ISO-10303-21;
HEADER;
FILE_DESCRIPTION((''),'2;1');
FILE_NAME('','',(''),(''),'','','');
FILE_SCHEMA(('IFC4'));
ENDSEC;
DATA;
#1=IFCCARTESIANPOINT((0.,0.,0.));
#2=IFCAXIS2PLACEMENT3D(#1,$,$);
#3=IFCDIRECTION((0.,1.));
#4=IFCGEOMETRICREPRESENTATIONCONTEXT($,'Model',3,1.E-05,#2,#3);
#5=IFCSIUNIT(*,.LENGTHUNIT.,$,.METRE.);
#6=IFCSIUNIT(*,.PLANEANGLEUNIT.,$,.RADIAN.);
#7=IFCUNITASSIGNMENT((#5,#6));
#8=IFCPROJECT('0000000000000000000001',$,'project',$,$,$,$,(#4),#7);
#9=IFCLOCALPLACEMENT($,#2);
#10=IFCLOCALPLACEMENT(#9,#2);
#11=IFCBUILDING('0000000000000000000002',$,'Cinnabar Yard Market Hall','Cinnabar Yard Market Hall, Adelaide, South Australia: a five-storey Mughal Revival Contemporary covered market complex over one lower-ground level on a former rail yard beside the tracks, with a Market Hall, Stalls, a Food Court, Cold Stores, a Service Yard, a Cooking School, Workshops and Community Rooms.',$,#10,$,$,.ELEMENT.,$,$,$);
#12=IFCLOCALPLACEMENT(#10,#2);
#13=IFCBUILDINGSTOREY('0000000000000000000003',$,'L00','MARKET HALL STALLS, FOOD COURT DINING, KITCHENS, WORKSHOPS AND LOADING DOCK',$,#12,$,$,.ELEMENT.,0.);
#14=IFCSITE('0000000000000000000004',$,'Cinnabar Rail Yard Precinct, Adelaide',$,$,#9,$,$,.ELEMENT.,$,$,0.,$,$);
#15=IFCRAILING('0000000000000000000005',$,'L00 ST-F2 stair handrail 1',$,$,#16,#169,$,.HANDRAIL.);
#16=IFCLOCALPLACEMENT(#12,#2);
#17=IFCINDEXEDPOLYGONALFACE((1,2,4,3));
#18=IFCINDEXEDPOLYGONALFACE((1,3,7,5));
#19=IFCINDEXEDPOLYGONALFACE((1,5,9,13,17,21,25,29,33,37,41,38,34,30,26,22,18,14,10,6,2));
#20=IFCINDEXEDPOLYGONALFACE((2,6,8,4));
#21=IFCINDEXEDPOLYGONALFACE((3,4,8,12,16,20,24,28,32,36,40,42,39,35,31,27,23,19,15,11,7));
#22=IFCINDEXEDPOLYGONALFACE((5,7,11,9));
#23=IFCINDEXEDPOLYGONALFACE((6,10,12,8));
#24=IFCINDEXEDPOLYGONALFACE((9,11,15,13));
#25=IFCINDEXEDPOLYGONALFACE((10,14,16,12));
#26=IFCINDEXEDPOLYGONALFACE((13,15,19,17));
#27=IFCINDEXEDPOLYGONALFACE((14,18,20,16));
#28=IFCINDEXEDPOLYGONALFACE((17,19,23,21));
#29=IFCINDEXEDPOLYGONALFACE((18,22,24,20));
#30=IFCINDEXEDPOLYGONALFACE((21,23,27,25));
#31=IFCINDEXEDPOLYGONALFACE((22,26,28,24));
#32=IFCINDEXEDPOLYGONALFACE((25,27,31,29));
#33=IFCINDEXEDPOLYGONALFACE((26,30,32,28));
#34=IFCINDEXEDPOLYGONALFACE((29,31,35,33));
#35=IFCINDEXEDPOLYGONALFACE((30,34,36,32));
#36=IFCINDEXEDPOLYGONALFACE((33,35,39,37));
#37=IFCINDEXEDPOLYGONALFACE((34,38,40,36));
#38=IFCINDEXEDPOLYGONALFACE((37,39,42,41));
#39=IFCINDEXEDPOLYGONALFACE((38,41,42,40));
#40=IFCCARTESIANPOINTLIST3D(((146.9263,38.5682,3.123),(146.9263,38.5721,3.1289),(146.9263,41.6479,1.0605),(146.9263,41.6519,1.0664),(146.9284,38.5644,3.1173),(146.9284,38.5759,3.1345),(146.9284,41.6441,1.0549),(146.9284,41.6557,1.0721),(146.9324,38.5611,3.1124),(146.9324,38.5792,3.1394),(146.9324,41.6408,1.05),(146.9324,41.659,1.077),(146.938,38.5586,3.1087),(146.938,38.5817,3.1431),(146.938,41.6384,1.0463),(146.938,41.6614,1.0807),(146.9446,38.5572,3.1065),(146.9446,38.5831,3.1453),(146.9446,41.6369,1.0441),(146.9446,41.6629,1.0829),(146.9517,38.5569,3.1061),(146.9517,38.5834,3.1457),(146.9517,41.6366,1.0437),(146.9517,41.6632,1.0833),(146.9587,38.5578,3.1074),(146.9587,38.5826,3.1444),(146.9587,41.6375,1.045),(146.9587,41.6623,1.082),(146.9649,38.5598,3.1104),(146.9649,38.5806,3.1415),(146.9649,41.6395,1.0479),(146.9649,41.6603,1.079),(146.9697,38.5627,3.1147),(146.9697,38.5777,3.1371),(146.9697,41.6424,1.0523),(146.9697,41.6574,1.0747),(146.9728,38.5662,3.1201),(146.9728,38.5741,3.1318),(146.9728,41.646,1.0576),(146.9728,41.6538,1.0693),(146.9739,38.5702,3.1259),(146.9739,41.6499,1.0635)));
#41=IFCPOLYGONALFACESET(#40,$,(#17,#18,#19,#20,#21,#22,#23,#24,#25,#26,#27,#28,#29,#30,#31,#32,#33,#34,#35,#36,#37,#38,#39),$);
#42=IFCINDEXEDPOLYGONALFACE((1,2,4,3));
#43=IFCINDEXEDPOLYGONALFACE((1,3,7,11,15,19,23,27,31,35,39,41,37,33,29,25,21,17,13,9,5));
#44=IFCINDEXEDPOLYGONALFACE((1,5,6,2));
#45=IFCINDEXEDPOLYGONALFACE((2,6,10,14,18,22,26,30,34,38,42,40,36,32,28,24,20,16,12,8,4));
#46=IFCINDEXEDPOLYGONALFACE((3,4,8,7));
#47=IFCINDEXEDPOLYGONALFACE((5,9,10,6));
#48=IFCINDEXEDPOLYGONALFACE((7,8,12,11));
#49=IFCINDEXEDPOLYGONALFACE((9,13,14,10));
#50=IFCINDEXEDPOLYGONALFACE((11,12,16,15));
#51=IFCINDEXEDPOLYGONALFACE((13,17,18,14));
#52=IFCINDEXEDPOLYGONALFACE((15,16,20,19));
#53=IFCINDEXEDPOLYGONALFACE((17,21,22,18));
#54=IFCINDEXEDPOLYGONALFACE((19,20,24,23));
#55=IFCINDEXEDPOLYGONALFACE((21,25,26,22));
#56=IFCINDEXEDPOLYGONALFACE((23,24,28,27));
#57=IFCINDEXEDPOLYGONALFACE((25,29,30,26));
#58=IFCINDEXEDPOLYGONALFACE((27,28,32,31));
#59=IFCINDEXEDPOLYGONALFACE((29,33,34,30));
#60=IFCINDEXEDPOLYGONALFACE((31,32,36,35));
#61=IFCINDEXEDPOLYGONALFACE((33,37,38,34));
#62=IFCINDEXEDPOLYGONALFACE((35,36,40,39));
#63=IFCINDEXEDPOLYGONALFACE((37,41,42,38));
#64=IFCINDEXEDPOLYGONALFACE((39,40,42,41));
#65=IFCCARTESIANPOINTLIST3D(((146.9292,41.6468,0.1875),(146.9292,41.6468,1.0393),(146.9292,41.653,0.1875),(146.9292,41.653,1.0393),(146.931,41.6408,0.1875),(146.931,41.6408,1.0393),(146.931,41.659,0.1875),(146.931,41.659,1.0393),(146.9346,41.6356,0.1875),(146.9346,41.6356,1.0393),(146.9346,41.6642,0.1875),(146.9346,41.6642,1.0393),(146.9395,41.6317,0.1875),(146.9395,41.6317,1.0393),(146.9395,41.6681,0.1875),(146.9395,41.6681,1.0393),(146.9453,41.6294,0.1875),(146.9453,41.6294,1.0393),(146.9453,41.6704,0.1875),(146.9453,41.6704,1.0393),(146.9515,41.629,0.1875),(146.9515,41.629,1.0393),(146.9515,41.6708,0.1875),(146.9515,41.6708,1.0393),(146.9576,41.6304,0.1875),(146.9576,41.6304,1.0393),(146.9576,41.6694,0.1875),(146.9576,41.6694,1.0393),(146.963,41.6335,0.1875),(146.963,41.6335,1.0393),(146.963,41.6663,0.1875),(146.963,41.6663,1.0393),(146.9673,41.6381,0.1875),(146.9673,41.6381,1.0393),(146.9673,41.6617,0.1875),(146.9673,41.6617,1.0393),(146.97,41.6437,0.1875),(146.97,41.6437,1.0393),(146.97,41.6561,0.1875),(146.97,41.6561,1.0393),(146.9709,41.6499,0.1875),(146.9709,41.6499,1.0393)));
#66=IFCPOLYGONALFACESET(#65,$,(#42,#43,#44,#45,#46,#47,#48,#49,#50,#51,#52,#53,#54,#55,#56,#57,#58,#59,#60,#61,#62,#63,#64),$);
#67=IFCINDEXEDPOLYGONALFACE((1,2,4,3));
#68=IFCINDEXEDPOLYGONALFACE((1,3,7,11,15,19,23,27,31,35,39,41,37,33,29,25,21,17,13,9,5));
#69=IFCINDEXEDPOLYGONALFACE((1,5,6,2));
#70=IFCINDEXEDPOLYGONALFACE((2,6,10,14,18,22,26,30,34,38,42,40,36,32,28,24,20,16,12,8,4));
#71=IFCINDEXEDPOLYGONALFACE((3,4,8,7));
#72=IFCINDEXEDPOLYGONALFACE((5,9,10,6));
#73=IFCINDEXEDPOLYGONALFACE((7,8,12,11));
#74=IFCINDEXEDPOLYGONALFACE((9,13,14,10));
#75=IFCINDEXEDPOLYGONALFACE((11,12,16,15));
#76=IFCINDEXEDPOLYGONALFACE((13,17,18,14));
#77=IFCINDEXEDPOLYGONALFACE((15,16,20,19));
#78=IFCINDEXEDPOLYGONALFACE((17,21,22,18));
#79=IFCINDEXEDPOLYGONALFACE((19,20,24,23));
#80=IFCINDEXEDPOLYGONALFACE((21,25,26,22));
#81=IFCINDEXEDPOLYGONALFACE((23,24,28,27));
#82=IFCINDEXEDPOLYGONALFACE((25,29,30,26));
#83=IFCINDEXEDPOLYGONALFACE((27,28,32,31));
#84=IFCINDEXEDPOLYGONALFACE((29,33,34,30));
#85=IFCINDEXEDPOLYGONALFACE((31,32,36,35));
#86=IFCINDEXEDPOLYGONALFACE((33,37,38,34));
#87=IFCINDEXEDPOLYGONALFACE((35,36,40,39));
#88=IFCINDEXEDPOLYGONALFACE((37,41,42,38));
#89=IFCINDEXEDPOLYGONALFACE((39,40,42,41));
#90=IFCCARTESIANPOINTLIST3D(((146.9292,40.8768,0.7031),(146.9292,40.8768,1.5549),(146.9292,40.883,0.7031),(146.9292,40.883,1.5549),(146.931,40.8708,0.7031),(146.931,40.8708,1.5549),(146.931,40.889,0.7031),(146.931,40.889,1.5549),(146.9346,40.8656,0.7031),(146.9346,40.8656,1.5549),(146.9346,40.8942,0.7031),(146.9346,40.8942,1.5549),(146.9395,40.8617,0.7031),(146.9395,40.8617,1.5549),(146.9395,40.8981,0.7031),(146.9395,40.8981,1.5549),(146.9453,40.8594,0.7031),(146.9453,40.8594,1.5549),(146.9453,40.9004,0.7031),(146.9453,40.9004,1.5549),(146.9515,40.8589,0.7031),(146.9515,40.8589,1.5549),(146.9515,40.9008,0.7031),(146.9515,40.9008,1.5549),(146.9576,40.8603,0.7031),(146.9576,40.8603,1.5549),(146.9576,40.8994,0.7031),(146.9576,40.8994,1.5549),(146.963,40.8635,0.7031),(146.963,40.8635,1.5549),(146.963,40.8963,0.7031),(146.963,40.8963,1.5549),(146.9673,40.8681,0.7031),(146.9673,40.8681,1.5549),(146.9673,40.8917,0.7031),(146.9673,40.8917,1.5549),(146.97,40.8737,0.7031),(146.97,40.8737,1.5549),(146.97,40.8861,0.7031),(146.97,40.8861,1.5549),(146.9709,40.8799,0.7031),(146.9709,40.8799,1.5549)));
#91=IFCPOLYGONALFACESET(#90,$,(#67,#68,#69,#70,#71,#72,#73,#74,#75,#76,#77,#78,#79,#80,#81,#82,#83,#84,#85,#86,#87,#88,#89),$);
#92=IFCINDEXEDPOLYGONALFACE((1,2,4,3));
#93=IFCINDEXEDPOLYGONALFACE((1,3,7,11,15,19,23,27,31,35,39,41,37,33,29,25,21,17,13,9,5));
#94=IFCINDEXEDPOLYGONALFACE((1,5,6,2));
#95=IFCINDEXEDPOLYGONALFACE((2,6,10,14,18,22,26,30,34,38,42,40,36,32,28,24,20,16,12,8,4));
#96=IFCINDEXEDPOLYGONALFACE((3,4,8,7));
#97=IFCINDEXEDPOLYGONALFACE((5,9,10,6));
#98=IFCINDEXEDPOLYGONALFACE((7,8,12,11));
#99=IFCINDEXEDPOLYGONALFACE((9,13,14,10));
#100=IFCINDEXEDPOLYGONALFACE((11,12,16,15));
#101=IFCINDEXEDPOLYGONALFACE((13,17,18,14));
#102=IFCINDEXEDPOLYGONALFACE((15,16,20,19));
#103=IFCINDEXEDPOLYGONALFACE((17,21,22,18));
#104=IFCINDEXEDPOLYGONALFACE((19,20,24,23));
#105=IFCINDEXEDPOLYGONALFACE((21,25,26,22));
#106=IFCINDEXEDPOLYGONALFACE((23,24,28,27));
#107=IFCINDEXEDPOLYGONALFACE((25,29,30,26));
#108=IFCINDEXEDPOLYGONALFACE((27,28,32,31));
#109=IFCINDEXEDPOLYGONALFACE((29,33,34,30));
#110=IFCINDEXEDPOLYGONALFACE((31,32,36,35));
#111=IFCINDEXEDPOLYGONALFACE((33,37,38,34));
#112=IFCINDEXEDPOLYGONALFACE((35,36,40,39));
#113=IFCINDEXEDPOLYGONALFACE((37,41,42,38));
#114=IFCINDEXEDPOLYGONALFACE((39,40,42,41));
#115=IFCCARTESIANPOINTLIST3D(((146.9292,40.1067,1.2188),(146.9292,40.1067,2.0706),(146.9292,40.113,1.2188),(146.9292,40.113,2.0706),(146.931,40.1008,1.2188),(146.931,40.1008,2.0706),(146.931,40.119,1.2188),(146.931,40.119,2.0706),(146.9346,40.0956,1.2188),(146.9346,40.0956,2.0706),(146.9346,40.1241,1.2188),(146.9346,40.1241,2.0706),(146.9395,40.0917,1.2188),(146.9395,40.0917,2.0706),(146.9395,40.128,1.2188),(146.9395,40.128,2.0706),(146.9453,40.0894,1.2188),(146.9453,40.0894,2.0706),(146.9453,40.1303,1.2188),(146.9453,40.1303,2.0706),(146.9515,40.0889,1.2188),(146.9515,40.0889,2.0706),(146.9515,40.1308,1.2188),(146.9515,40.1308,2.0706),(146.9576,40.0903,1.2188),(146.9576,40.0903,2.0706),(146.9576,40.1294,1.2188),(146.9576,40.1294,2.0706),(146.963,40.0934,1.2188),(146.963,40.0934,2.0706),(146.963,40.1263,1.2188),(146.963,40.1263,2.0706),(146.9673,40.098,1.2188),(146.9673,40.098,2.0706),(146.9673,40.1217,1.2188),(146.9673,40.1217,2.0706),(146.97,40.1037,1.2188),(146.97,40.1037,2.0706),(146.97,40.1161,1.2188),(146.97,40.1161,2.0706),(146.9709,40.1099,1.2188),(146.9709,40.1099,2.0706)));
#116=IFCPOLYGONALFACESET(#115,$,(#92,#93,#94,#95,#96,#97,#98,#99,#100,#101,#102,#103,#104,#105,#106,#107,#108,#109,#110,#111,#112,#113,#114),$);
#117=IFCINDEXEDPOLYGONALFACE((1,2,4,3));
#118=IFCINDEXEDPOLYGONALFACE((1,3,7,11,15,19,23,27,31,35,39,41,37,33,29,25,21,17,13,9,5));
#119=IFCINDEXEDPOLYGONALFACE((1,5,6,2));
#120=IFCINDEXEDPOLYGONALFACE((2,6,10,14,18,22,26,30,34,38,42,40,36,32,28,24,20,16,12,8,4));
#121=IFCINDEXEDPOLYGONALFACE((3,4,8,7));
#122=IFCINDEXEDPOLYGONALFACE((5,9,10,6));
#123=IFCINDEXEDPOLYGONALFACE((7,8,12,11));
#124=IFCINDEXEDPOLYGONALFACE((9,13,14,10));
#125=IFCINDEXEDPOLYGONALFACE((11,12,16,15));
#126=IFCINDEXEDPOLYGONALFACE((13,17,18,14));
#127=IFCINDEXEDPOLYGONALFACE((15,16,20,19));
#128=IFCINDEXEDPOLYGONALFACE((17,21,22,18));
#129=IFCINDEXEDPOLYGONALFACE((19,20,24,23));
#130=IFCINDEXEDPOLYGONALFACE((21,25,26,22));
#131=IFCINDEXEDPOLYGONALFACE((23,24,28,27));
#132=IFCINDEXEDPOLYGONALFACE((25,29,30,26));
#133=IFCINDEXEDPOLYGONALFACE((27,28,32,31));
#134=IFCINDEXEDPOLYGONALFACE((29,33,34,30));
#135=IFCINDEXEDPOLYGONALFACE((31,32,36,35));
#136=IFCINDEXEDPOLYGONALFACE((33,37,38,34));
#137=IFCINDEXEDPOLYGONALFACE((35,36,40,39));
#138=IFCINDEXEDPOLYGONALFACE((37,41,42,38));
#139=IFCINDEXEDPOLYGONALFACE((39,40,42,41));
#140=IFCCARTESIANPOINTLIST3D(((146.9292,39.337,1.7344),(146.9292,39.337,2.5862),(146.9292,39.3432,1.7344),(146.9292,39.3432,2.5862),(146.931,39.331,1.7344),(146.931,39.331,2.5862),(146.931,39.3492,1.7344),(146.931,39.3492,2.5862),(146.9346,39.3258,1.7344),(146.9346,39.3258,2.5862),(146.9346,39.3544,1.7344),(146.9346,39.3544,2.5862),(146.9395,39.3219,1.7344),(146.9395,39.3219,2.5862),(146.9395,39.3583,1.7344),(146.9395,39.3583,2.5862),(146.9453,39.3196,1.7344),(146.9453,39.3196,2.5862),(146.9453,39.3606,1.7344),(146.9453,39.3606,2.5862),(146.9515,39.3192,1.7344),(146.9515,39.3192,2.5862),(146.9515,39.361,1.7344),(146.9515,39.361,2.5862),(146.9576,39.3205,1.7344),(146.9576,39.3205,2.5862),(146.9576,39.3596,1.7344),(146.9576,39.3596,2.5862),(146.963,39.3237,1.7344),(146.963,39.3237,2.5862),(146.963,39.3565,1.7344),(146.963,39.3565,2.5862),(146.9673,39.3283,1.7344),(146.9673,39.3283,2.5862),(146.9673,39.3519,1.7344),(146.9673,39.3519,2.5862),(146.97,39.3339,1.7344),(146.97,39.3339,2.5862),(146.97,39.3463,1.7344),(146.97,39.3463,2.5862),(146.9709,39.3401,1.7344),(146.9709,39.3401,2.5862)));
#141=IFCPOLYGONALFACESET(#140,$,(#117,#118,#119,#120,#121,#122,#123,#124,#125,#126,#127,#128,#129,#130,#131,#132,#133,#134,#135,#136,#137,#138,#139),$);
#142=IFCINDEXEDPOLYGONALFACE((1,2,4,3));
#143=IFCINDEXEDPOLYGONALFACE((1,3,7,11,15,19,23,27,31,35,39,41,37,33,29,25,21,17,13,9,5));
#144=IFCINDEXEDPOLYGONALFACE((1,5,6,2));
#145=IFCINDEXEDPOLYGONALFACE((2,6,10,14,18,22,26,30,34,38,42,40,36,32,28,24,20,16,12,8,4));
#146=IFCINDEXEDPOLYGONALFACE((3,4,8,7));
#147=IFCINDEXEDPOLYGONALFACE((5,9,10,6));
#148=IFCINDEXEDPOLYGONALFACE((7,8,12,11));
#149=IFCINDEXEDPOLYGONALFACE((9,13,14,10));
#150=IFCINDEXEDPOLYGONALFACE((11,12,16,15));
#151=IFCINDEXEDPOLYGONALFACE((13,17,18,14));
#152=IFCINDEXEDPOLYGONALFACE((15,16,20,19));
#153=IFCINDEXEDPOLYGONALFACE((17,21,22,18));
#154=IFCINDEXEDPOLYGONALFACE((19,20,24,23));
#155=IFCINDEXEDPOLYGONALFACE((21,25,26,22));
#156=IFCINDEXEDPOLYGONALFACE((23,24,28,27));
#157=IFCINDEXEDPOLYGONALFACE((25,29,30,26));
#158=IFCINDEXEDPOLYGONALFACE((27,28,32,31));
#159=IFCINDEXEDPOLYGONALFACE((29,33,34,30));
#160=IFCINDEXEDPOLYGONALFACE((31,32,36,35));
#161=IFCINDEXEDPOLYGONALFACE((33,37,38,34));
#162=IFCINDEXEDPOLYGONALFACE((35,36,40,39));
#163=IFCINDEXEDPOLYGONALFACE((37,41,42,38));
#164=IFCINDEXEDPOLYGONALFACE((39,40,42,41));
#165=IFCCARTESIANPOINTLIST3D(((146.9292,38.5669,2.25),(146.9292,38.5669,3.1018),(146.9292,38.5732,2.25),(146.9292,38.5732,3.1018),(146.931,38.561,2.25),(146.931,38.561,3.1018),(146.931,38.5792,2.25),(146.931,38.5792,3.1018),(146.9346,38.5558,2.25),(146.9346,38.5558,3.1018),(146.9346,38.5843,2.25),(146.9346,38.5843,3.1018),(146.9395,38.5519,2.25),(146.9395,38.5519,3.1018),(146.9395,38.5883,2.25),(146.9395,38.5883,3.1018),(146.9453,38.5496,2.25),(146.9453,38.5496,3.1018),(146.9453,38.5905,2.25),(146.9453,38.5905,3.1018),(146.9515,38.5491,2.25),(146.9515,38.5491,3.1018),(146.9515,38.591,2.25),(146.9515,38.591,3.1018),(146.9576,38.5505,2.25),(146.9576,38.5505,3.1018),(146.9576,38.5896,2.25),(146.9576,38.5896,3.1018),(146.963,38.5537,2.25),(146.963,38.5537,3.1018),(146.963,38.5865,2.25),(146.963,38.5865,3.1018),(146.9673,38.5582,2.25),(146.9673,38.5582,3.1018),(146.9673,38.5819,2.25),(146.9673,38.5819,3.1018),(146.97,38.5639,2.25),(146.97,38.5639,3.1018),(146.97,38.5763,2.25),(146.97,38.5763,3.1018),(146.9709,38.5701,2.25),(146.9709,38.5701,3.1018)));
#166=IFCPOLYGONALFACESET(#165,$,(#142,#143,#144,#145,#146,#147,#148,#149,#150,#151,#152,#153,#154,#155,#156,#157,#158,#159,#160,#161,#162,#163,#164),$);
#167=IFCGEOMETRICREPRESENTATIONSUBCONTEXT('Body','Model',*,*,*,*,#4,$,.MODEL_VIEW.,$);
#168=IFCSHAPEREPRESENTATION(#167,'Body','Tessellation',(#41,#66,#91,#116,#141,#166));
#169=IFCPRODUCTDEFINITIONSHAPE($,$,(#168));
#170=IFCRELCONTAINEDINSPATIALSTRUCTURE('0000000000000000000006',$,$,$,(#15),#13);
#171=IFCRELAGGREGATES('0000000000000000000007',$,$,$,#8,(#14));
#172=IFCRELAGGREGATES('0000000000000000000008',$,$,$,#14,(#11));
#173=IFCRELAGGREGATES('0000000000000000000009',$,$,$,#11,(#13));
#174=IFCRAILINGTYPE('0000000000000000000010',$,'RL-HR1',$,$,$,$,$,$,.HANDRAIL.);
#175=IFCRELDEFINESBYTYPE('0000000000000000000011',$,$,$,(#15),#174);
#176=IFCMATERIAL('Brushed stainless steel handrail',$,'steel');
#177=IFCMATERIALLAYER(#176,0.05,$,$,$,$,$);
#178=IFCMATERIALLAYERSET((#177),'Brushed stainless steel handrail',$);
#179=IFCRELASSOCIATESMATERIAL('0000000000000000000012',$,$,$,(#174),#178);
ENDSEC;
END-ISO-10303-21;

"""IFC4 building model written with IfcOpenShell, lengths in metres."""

from ifc_helpers import new_model, si_unit, direction, frame, origin, origin_2d_with_axis, place, context, subcontext, project, spatial, circle, extrude, material, layer, layer_set, type_object, element, save


model = new_model("IFC4")

# Units and contexts
model_context = context("Model", 3, precision=1e-05, world=origin(), true_north=direction((0.0, 1.0)))
body_context = subcontext(model_context, "Body", "Model", "MODEL_VIEW")
ifc_project = project(units=[si_unit("LENGTHUNIT", "METRE"), si_unit("PLANEANGLEUNIT", "RADIAN")], contexts=[model_context])

# Site, building, storey
site_placement = place(None, origin())
site = spatial("IfcSite", under=ifc_project, at=site_placement, Name="Cinnabar Rail Yard Precinct, Adelaide", CompositionType="ELEMENT", RefElevation=0.0)
building_placement = place(site_placement, origin())
building = spatial("IfcBuilding", under=site, at=building_placement, Name="Cinnabar Yard Market Hall", Description="Cinnabar Yard Market Hall, Adelaide, South Australia: a five-storey Mughal Revival Contemporary covered market complex over one lower-ground level on a former rail yard beside the tracks, with a Market Hall, Stalls, a Food Court, Cold Stores, a Service Yard, a Cooking School, Workshops and Community Rooms.", CompositionType="ELEMENT")
storey_placement = place(building_placement, origin())
storey = spatial("IfcBuildingStorey", under=building, at=storey_placement, Name="L00", Description="MARKET HALL STALLS, FOOD COURT DINING, KITCHENS, WORKSHOPS AND LOADING DOCK", CompositionType="ELEMENT", Elevation=0.0)

# Railing
ifc_material_1 = material(Name="Brushed stainless steel handrail", Category="steel")
ifc_layer_1 = layer(ifc_material_1, 0.05)
ifc_layer_set_1 = layer_set([ifc_layer_1], Name="Brushed stainless steel handrail")
railing_type_1 = type_object("IfcRailingType", Name="RL-HR1", PredefinedType="HANDRAIL", material=ifc_layer_set_1)
railing_1_placement = place(storey_placement, frame((146.95, 41.6499, 0.1875)))
element("IfcRailing", 1, at=railing_1_placement, inside=storey, type_object=railing_type_1, Name="L00 ST-F2 stair handrail 1", PredefinedType="HANDRAIL", context=body_context, shape_type="SweptSolid", body=[
    extrude(circle(Radius=0.0239, at=origin_2d_with_axis()), frame((0.0, 0.0, 0.876), z_axis=(0.0, -0.830893, 0.556432), x_axis=(1.0, 0.0, 0.0)), (0.0, 0.0, 1.0), 3.7065),
    extrude(circle(Radius=0.021, at=origin_2d_with_axis()), origin(), (0.0, 0.0, 1.0), 0.8518),
    extrude(circle(Radius=0.021, at=origin_2d_with_axis()), frame((0.0, -0.77, 0.5156)), (0.0, 0.0, 1.0), 0.8518),
    extrude(circle(Radius=0.021, at=origin_2d_with_axis()), frame((0.0, -1.54, 1.0312)), (0.0, 0.0, 1.0), 0.8518),
    extrude(circle(Radius=0.021, at=origin_2d_with_axis()), frame((0.0, -2.3098, 1.5469)), (0.0, 0.0, 1.0), 0.8518),
    extrude(circle(Radius=0.021, at=origin_2d_with_axis()), frame((0.0, -3.0798, 2.0625)), (0.0, 0.0, 1.0), 0.8518),
])

save(model, "model.ifc")
